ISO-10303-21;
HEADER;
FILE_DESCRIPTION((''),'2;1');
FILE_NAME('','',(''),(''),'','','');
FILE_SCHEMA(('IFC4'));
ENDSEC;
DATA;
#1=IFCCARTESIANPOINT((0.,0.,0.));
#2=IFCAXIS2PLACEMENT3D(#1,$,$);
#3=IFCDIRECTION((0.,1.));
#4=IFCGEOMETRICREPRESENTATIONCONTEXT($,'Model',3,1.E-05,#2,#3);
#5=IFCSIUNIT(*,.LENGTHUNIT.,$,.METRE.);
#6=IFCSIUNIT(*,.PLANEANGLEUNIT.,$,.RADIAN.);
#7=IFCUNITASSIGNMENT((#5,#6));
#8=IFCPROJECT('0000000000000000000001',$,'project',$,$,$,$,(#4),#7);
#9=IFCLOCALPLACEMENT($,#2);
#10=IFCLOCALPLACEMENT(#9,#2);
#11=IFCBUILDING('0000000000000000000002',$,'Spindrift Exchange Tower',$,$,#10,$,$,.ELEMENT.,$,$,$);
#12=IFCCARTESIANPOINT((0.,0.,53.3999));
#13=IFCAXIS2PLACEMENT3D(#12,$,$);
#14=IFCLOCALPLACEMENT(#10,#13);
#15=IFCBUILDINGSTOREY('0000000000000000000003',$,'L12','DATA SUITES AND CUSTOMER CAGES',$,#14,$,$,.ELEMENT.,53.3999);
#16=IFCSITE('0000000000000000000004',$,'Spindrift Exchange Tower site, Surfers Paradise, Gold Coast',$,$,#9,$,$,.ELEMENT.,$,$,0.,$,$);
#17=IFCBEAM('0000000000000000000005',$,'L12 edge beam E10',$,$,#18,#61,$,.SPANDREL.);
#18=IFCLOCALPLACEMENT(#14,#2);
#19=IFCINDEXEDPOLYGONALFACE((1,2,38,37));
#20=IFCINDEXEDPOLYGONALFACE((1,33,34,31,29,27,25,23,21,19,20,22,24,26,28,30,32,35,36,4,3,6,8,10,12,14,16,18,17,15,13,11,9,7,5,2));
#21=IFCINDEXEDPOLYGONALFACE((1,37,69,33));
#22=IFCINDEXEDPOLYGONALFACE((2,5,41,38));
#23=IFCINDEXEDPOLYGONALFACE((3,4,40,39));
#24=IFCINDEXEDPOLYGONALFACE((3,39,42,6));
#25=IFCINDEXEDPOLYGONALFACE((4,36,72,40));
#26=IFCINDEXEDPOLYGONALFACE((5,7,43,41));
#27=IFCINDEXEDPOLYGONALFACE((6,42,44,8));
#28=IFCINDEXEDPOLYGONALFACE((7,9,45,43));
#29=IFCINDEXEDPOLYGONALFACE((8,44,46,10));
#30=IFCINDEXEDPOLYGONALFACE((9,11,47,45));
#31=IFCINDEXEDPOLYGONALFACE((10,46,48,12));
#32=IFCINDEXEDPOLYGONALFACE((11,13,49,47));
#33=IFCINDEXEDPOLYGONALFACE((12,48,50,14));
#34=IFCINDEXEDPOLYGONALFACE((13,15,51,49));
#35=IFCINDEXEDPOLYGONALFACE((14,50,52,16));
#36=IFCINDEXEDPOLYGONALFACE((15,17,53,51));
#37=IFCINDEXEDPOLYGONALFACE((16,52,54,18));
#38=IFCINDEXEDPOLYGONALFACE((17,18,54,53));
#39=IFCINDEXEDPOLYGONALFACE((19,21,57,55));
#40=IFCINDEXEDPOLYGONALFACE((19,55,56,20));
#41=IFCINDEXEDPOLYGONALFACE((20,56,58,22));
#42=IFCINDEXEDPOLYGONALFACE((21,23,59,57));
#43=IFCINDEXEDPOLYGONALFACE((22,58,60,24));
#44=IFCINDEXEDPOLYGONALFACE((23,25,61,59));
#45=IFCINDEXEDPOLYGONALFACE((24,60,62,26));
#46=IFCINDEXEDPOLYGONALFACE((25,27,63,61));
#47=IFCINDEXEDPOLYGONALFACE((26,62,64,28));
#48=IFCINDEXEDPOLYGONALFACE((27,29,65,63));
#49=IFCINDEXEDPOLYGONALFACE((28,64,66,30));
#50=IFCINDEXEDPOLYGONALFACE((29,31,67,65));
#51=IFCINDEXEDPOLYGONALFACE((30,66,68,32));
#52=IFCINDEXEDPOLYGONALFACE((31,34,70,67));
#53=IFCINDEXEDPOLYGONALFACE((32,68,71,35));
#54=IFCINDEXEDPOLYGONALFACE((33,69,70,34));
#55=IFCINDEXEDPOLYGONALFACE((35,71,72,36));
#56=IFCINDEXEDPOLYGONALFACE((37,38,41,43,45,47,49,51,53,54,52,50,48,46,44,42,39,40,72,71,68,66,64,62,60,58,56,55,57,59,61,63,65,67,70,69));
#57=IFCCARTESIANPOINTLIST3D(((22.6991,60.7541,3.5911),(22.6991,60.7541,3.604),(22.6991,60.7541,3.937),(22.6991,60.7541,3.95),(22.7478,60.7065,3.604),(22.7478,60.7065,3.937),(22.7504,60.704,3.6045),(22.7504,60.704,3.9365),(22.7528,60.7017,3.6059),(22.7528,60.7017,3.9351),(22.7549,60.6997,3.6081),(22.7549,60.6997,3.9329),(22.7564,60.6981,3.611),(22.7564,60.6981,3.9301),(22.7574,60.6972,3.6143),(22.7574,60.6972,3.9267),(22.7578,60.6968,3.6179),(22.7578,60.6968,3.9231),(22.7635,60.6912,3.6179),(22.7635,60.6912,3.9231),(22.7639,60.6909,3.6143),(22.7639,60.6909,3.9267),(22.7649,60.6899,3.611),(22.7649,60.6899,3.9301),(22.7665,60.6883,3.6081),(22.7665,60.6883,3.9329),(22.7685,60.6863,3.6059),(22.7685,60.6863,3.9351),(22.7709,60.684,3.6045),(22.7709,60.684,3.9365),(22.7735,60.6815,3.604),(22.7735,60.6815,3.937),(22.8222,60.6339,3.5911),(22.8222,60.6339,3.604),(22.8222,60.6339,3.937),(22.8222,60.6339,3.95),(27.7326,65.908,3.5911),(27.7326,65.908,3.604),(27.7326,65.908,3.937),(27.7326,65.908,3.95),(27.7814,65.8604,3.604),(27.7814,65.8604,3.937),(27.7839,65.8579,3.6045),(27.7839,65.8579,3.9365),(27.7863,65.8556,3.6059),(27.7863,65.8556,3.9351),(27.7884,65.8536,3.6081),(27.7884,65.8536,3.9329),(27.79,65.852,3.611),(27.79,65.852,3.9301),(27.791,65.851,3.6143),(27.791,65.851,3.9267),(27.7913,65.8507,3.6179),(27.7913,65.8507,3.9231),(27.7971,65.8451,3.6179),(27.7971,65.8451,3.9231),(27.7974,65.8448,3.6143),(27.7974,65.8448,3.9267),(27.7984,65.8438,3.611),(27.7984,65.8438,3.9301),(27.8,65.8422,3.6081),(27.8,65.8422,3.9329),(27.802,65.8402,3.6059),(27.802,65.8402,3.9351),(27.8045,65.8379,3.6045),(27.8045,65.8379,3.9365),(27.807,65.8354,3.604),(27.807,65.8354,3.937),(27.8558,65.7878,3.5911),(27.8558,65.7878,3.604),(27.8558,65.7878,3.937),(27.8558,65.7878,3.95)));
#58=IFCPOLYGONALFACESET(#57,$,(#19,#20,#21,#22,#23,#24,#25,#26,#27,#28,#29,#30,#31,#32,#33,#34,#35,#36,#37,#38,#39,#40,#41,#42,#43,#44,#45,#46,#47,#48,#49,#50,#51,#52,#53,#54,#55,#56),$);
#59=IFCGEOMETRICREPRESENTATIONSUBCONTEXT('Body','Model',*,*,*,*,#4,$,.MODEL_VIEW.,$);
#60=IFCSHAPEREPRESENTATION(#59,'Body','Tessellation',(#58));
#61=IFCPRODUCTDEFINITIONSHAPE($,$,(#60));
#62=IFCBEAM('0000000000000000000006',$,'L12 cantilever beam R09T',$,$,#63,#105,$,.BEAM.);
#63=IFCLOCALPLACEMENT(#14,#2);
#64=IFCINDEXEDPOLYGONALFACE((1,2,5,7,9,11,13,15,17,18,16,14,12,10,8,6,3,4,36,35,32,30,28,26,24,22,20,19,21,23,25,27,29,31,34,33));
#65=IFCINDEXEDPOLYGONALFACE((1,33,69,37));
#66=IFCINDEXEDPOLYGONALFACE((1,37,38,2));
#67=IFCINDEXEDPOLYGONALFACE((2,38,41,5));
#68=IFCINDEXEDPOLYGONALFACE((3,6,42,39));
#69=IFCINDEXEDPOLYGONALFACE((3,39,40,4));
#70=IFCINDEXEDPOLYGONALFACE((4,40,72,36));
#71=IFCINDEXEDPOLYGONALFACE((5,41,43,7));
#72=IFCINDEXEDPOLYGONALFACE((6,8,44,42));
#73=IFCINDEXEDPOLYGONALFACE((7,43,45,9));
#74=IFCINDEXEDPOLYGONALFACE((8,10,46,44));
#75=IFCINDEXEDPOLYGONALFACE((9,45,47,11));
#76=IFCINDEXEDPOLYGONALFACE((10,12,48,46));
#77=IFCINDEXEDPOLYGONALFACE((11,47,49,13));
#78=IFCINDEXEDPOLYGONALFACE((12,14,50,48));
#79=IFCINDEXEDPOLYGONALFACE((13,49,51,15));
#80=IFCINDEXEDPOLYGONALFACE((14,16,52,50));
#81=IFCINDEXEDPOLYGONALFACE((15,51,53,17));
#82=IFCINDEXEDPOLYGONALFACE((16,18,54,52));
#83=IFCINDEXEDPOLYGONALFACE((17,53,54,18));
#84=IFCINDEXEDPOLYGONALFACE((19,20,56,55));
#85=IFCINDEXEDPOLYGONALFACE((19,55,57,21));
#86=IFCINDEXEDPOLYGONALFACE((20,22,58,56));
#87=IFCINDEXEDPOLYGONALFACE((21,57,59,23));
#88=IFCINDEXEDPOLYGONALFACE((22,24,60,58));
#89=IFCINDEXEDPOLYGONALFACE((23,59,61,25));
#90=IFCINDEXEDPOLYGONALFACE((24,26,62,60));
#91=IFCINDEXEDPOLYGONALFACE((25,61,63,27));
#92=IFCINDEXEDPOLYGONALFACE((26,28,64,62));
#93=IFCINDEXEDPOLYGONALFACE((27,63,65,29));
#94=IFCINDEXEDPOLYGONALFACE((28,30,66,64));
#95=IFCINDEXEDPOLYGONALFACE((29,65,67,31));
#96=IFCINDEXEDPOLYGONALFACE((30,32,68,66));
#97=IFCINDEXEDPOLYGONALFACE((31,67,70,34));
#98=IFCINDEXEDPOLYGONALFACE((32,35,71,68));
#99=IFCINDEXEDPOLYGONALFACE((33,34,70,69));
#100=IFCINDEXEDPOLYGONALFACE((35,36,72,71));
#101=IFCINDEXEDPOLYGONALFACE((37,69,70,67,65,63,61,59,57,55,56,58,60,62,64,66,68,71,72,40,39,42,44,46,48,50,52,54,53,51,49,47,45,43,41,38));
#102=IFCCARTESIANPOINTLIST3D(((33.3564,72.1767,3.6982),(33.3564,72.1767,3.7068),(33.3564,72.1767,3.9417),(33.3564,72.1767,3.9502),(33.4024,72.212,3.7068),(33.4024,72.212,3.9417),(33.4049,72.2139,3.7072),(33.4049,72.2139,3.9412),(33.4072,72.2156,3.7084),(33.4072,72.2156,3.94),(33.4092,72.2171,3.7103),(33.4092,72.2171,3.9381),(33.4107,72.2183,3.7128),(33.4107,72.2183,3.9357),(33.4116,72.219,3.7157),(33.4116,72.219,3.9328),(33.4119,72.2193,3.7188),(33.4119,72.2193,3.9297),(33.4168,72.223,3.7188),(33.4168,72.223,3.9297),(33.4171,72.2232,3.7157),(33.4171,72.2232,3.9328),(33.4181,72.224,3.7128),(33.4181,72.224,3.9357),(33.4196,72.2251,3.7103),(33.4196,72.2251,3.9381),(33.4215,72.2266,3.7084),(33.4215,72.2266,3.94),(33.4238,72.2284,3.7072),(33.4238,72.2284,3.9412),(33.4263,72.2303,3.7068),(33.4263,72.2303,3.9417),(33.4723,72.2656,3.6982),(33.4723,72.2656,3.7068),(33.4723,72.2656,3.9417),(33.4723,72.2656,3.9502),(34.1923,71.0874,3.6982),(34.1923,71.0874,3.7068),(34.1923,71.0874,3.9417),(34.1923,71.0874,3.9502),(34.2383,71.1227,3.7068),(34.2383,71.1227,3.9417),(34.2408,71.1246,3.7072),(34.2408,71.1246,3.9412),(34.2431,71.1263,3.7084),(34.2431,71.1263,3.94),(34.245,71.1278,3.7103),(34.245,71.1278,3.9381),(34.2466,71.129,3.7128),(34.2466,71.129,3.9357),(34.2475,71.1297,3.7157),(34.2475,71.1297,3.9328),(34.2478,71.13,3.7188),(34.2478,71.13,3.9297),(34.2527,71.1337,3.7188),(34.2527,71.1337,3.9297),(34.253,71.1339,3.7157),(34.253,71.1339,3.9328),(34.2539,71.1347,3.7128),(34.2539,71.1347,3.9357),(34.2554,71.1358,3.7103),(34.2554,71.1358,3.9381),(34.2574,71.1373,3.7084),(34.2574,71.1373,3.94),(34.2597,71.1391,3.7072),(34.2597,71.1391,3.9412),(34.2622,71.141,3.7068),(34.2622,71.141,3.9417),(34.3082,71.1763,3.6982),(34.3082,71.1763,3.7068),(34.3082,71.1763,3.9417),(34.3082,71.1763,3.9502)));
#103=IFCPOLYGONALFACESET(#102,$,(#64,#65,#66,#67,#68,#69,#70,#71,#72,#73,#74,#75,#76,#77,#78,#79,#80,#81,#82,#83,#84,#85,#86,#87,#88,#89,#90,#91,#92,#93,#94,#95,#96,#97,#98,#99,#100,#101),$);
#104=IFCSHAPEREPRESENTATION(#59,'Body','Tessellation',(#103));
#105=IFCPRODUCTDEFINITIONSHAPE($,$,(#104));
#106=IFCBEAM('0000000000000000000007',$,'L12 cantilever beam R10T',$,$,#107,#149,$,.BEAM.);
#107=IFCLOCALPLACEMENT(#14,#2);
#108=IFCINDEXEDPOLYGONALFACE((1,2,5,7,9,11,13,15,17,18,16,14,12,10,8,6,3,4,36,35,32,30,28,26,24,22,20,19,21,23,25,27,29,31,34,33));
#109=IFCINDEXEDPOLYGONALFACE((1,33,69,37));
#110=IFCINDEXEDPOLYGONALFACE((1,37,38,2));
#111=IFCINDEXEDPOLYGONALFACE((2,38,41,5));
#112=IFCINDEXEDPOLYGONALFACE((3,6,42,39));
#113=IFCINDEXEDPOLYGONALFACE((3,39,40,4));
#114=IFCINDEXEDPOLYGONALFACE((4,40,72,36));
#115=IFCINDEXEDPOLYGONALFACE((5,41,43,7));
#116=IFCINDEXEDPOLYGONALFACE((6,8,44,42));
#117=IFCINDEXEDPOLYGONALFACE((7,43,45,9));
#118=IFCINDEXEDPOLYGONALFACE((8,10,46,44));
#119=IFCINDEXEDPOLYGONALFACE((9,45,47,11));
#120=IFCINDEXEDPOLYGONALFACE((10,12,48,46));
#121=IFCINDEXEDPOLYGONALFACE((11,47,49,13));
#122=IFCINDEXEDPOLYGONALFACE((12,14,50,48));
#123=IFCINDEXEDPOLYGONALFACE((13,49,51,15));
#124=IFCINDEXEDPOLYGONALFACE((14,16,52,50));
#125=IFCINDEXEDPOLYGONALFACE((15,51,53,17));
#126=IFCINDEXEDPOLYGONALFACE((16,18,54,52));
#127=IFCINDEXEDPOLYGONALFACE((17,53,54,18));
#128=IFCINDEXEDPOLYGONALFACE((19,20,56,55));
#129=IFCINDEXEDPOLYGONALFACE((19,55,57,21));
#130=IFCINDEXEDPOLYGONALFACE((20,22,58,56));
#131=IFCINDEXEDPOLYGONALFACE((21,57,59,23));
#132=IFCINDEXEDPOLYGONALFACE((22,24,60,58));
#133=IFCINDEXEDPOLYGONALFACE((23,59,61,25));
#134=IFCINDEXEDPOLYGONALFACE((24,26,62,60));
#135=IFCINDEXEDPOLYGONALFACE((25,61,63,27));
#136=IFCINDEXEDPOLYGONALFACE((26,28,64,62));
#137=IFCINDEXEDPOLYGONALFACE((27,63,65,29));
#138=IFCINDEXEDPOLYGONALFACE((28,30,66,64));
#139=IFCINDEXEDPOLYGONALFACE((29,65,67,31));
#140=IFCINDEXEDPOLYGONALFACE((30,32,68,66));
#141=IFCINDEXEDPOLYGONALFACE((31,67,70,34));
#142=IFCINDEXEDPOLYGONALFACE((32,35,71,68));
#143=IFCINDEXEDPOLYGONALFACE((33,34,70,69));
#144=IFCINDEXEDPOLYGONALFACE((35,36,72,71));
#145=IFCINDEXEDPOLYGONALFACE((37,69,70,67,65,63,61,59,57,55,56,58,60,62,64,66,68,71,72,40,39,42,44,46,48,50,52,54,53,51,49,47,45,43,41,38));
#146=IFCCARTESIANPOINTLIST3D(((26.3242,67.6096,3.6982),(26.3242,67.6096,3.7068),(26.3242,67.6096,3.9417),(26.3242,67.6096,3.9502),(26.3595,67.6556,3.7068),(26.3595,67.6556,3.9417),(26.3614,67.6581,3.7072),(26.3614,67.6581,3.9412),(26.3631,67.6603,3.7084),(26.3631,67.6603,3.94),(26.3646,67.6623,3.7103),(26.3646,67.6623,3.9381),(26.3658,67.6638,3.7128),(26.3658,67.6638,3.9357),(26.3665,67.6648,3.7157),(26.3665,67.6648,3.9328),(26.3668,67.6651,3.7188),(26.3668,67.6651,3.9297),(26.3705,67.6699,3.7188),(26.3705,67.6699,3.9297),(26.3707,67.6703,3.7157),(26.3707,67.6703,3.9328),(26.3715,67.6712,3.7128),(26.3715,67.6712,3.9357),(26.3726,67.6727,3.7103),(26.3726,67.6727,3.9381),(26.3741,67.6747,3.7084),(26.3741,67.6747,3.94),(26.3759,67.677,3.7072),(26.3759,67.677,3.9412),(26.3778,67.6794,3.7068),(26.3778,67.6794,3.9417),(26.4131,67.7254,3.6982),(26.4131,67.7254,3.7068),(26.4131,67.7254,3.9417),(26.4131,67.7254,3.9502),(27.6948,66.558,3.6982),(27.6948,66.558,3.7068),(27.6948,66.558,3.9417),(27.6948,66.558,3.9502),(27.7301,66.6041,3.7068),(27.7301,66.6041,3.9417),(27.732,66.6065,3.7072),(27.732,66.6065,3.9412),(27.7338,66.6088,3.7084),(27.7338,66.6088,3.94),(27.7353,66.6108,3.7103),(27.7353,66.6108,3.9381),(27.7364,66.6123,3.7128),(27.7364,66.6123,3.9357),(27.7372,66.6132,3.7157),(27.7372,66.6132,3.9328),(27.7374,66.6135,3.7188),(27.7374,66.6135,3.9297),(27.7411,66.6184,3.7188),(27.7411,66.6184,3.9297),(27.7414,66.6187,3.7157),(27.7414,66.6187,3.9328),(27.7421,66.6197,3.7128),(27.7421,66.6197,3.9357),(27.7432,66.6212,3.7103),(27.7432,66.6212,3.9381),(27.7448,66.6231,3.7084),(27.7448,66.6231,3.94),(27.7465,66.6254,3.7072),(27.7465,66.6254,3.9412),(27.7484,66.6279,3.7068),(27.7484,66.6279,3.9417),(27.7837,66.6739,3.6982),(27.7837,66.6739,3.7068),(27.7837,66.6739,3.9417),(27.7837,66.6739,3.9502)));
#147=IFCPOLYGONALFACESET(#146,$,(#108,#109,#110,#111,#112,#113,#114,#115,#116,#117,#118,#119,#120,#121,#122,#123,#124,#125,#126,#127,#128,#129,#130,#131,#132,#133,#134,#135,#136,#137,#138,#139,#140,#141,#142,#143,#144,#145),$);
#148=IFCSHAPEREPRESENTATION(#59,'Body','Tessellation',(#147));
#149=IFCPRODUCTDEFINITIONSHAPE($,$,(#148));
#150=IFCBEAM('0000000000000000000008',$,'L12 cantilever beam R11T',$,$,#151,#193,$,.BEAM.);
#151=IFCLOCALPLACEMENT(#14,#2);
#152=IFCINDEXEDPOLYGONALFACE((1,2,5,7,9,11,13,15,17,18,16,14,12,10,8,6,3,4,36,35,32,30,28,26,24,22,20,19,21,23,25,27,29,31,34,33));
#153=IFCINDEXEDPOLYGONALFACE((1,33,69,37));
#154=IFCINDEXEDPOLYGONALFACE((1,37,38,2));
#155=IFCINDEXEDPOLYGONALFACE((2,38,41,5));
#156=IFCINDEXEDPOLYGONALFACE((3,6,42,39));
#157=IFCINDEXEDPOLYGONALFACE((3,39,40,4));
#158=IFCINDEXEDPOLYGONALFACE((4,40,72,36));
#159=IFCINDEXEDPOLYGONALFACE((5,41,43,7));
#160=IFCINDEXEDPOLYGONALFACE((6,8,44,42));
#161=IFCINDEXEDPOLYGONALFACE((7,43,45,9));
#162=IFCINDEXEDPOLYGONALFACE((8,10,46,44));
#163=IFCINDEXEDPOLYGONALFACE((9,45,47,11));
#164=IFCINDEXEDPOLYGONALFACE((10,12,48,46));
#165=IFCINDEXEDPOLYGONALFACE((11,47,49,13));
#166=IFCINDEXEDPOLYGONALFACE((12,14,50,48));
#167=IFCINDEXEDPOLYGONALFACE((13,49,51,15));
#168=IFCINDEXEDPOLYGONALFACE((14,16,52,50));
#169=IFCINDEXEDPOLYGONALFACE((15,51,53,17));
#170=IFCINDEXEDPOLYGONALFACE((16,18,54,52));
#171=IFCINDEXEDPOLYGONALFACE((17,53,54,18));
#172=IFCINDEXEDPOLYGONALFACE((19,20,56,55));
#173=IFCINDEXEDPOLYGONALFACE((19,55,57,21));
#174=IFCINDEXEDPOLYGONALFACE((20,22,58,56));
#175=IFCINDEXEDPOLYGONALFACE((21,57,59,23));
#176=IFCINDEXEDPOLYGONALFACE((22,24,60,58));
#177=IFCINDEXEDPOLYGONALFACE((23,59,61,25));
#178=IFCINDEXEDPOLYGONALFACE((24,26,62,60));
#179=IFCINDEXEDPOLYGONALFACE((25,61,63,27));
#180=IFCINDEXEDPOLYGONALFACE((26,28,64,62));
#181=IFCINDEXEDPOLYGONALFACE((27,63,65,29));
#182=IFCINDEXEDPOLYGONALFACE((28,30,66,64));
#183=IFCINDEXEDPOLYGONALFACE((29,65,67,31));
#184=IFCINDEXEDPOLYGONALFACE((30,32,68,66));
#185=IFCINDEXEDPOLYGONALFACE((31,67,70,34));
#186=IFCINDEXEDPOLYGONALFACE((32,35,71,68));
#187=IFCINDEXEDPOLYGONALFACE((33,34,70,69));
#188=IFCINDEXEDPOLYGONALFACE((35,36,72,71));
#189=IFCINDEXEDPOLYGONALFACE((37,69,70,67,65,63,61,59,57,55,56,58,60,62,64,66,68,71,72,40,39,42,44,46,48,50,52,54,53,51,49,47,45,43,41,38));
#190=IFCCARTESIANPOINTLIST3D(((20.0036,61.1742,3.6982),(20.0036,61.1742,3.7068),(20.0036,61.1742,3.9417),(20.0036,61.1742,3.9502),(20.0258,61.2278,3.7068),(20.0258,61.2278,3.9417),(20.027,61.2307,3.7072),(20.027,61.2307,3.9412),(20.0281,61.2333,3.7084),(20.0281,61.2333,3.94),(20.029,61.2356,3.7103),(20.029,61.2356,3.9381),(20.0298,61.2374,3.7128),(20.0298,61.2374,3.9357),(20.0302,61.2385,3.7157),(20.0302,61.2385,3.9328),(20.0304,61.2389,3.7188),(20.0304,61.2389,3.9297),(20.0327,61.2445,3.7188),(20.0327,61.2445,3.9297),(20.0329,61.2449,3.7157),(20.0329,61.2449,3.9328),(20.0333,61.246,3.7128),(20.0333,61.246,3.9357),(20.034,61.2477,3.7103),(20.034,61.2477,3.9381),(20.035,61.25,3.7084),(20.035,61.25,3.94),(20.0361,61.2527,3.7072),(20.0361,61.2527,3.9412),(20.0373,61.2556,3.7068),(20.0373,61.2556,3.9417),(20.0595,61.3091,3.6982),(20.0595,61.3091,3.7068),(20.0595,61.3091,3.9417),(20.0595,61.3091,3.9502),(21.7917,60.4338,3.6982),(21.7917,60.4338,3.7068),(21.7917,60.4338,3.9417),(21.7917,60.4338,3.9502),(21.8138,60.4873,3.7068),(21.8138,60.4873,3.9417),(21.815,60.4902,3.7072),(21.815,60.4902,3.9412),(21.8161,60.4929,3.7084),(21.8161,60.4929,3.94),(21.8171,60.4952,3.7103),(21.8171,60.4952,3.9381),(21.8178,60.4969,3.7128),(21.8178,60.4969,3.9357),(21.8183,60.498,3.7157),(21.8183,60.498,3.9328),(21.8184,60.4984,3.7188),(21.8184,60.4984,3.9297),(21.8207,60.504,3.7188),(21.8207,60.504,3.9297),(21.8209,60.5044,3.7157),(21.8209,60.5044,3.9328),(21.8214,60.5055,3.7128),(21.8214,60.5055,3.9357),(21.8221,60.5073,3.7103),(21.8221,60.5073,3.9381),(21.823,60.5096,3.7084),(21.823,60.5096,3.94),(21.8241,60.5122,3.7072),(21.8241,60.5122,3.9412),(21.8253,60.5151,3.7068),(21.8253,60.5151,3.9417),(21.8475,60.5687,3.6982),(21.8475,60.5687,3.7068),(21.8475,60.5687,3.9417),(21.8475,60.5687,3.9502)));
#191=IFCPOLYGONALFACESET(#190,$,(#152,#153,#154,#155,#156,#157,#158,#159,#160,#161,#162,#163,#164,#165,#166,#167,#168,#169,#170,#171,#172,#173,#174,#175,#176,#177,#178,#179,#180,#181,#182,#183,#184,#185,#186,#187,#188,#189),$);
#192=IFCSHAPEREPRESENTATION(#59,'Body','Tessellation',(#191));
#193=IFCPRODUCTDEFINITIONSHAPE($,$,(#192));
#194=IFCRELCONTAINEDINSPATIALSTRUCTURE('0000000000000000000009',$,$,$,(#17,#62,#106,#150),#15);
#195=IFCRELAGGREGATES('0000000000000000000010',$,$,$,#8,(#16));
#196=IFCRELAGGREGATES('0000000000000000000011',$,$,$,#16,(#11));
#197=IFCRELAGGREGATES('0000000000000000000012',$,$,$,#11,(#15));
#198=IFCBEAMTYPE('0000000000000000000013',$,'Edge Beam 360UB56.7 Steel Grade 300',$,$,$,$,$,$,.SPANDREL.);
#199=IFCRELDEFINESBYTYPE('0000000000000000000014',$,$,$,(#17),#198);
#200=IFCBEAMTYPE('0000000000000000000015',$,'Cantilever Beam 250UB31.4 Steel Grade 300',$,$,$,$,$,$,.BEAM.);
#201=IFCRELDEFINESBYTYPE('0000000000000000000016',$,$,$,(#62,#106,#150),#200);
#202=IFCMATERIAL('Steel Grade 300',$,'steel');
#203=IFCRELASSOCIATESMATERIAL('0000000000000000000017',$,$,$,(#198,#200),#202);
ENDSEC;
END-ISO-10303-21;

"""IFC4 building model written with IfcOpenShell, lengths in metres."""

from ifc_helpers import new_model, si_unit, direction, frame, origin, origin_2d, place, context, subcontext, project, spatial, i_section, extrude, source, transform, mapped, material, material_profile, profile_set, type_object, element, save


model = new_model("IFC4")

# Units and contexts
model_context = context("Model", 3, precision=1e-05, world=origin(), true_north=direction((0.0, 1.0)))
body_context = subcontext(model_context, "Body", "Model", "MODEL_VIEW")
ifc_project = project(units=[si_unit("LENGTHUNIT", "METRE"), si_unit("PLANEANGLEUNIT", "RADIAN")], contexts=[model_context])

# Site, building, storey
site_placement = place(None, origin())
site = spatial("IfcSite", under=ifc_project, at=site_placement, Name="Spindrift Exchange Tower site, Surfers Paradise, Gold Coast", CompositionType="ELEMENT", RefElevation=0.0)
building_placement = place(site_placement, origin())
building = spatial("IfcBuilding", under=site, at=building_placement, Name="Spindrift Exchange Tower", CompositionType="ELEMENT")
storey_placement = place(building_placement, frame((0.0, 0.0, 53.3999)))
storey = spatial("IfcBuildingStorey", under=building, at=storey_placement, Name="L12", Description="DATA SUITES AND CUSTOMER CAGES", CompositionType="ELEMENT", Elevation=53.3999)

# Beams
ifc_material_1 = material(Name="Steel Grade 300", Category="steel")
ifc_material_profile_1 = material_profile(ifc_material_1, i_section(OverallWidth=0.1721, OverallDepth=0.3589, WebThickness=0.0081, FlangeThickness=0.0129, FilletRadius=0.0139, at=origin_2d()), Name="360UB56.7")
ifc_profile_set_1 = profile_set([ifc_material_profile_1], Name="Steel Grade 300")
beam_type_1 = type_object("IfcBeamType", Name="Edge Beam 360UB56.7 Steel Grade 300", PredefinedType="SPANDREL", material=ifc_profile_set_1)
shared_shape_1 = source(origin(), body_context, "Body", "SweptSolid", [
    extrude(i_section(OverallWidth=0.1721, OverallDepth=0.3589, WebThickness=0.0081, FlangeThickness=0.0129, FilletRadius=0.0139, at=origin_2d()), origin(), (0.0, 0.0, 1.0), 7.2041),
])
beam_1_placement = place(storey_placement, frame((27.7942, 65.8479, 3.7705), z_axis=(-0.698704, -0.715411, 0.0), x_axis=(0.715411, -0.698704, 0.0)))
element("IfcBeam", 1, at=beam_1_placement, inside=storey, type_object=beam_type_1, Name="L12 edge beam E10", PredefinedType="SPANDREL", context=body_context, shape_type="MappedRepresentation", body=[
    mapped(shared_shape_1, transform((0.0, 0.0, 0.0), scale=1.0)),
])
ifc_material_profile_2 = material_profile(ifc_material_1, i_section(OverallWidth=0.146, OverallDepth=0.252, WebThickness=0.0061, FlangeThickness=0.0085, FilletRadius=0.012, at=origin_2d()), Name="250UB31.4")
ifc_profile_set_2 = profile_set([ifc_material_profile_2], Name="Steel Grade 300")
beam_type_2 = type_object("IfcBeamType", Name="Cantilever Beam 250UB31.4 Steel Grade 300", PredefinedType="BEAM", material=ifc_profile_set_2)
shared_shape_2 = source(origin(), body_context, "Body", "SweptSolid", [
    extrude(i_section(OverallWidth=0.146, OverallDepth=0.252, WebThickness=0.0061, FlangeThickness=0.0085, FilletRadius=0.012, at=origin_2d()), origin(), (0.0, 0.0, 1.0), 1.373),
])
beam_2_placement = place(storey_placement, frame((34.2502, 71.1318, 3.8242), z_axis=(-0.608782, 0.793337, 0.0), x_axis=(-0.793337, -0.608782, 0.0)))
element("IfcBeam", 2, at=beam_2_placement, inside=storey, type_object=beam_type_2, Name="L12 cantilever beam R09T", PredefinedType="BEAM", context=body_context, shape_type="MappedRepresentation", body=[
    mapped(shared_shape_2, transform((0.0, 0.0, 0.0), scale=1.0)),
])
shared_shape_3 = source(origin(), body_context, "Body", "SweptSolid", [
    extrude(i_section(OverallWidth=0.146, OverallDepth=0.252, WebThickness=0.0061, FlangeThickness=0.0085, FilletRadius=0.012, at=origin_2d()), origin(), (0.0, 0.0, 1.0), 1.7275),
])
beam_3_placement = place(storey_placement, frame((27.7393, 66.616, 3.8242), z_axis=(-0.793406, 0.608693, 0.0), x_axis=(-0.608693, -0.793406, 0.0)))
element("IfcBeam", 3, at=beam_3_placement, inside=storey, type_object=beam_type_2, Name="L12 cantilever beam R10T", PredefinedType="BEAM", context=body_context, shape_type="MappedRepresentation", body=[
    mapped(shared_shape_3, transform((0.0, 0.0, 0.0), scale=1.0)),
])
shared_shape_4 = source(origin(), body_context, "Body", "SweptSolid", [
    extrude(i_section(OverallWidth=0.146, OverallDepth=0.252, WebThickness=0.0061, FlangeThickness=0.0085, FilletRadius=0.012, at=origin_2d()), origin(), (0.0, 0.0, 1.0), 1.9353),
])
beam_4_placement = place(storey_placement, frame((21.8196, 60.5012, 3.8242), z_axis=(-0.923911, 0.382608, 0.0), x_axis=(-0.382608, -0.923911, 0.0)))
element("IfcBeam", 4, at=beam_4_placement, inside=storey, type_object=beam_type_2, Name="L12 cantilever beam R11T", PredefinedType="BEAM", context=body_context, shape_type="MappedRepresentation", body=[
    mapped(shared_shape_4, transform((0.0, 0.0, 0.0), scale=1.0)),
])

save(model, "model.ifc")
